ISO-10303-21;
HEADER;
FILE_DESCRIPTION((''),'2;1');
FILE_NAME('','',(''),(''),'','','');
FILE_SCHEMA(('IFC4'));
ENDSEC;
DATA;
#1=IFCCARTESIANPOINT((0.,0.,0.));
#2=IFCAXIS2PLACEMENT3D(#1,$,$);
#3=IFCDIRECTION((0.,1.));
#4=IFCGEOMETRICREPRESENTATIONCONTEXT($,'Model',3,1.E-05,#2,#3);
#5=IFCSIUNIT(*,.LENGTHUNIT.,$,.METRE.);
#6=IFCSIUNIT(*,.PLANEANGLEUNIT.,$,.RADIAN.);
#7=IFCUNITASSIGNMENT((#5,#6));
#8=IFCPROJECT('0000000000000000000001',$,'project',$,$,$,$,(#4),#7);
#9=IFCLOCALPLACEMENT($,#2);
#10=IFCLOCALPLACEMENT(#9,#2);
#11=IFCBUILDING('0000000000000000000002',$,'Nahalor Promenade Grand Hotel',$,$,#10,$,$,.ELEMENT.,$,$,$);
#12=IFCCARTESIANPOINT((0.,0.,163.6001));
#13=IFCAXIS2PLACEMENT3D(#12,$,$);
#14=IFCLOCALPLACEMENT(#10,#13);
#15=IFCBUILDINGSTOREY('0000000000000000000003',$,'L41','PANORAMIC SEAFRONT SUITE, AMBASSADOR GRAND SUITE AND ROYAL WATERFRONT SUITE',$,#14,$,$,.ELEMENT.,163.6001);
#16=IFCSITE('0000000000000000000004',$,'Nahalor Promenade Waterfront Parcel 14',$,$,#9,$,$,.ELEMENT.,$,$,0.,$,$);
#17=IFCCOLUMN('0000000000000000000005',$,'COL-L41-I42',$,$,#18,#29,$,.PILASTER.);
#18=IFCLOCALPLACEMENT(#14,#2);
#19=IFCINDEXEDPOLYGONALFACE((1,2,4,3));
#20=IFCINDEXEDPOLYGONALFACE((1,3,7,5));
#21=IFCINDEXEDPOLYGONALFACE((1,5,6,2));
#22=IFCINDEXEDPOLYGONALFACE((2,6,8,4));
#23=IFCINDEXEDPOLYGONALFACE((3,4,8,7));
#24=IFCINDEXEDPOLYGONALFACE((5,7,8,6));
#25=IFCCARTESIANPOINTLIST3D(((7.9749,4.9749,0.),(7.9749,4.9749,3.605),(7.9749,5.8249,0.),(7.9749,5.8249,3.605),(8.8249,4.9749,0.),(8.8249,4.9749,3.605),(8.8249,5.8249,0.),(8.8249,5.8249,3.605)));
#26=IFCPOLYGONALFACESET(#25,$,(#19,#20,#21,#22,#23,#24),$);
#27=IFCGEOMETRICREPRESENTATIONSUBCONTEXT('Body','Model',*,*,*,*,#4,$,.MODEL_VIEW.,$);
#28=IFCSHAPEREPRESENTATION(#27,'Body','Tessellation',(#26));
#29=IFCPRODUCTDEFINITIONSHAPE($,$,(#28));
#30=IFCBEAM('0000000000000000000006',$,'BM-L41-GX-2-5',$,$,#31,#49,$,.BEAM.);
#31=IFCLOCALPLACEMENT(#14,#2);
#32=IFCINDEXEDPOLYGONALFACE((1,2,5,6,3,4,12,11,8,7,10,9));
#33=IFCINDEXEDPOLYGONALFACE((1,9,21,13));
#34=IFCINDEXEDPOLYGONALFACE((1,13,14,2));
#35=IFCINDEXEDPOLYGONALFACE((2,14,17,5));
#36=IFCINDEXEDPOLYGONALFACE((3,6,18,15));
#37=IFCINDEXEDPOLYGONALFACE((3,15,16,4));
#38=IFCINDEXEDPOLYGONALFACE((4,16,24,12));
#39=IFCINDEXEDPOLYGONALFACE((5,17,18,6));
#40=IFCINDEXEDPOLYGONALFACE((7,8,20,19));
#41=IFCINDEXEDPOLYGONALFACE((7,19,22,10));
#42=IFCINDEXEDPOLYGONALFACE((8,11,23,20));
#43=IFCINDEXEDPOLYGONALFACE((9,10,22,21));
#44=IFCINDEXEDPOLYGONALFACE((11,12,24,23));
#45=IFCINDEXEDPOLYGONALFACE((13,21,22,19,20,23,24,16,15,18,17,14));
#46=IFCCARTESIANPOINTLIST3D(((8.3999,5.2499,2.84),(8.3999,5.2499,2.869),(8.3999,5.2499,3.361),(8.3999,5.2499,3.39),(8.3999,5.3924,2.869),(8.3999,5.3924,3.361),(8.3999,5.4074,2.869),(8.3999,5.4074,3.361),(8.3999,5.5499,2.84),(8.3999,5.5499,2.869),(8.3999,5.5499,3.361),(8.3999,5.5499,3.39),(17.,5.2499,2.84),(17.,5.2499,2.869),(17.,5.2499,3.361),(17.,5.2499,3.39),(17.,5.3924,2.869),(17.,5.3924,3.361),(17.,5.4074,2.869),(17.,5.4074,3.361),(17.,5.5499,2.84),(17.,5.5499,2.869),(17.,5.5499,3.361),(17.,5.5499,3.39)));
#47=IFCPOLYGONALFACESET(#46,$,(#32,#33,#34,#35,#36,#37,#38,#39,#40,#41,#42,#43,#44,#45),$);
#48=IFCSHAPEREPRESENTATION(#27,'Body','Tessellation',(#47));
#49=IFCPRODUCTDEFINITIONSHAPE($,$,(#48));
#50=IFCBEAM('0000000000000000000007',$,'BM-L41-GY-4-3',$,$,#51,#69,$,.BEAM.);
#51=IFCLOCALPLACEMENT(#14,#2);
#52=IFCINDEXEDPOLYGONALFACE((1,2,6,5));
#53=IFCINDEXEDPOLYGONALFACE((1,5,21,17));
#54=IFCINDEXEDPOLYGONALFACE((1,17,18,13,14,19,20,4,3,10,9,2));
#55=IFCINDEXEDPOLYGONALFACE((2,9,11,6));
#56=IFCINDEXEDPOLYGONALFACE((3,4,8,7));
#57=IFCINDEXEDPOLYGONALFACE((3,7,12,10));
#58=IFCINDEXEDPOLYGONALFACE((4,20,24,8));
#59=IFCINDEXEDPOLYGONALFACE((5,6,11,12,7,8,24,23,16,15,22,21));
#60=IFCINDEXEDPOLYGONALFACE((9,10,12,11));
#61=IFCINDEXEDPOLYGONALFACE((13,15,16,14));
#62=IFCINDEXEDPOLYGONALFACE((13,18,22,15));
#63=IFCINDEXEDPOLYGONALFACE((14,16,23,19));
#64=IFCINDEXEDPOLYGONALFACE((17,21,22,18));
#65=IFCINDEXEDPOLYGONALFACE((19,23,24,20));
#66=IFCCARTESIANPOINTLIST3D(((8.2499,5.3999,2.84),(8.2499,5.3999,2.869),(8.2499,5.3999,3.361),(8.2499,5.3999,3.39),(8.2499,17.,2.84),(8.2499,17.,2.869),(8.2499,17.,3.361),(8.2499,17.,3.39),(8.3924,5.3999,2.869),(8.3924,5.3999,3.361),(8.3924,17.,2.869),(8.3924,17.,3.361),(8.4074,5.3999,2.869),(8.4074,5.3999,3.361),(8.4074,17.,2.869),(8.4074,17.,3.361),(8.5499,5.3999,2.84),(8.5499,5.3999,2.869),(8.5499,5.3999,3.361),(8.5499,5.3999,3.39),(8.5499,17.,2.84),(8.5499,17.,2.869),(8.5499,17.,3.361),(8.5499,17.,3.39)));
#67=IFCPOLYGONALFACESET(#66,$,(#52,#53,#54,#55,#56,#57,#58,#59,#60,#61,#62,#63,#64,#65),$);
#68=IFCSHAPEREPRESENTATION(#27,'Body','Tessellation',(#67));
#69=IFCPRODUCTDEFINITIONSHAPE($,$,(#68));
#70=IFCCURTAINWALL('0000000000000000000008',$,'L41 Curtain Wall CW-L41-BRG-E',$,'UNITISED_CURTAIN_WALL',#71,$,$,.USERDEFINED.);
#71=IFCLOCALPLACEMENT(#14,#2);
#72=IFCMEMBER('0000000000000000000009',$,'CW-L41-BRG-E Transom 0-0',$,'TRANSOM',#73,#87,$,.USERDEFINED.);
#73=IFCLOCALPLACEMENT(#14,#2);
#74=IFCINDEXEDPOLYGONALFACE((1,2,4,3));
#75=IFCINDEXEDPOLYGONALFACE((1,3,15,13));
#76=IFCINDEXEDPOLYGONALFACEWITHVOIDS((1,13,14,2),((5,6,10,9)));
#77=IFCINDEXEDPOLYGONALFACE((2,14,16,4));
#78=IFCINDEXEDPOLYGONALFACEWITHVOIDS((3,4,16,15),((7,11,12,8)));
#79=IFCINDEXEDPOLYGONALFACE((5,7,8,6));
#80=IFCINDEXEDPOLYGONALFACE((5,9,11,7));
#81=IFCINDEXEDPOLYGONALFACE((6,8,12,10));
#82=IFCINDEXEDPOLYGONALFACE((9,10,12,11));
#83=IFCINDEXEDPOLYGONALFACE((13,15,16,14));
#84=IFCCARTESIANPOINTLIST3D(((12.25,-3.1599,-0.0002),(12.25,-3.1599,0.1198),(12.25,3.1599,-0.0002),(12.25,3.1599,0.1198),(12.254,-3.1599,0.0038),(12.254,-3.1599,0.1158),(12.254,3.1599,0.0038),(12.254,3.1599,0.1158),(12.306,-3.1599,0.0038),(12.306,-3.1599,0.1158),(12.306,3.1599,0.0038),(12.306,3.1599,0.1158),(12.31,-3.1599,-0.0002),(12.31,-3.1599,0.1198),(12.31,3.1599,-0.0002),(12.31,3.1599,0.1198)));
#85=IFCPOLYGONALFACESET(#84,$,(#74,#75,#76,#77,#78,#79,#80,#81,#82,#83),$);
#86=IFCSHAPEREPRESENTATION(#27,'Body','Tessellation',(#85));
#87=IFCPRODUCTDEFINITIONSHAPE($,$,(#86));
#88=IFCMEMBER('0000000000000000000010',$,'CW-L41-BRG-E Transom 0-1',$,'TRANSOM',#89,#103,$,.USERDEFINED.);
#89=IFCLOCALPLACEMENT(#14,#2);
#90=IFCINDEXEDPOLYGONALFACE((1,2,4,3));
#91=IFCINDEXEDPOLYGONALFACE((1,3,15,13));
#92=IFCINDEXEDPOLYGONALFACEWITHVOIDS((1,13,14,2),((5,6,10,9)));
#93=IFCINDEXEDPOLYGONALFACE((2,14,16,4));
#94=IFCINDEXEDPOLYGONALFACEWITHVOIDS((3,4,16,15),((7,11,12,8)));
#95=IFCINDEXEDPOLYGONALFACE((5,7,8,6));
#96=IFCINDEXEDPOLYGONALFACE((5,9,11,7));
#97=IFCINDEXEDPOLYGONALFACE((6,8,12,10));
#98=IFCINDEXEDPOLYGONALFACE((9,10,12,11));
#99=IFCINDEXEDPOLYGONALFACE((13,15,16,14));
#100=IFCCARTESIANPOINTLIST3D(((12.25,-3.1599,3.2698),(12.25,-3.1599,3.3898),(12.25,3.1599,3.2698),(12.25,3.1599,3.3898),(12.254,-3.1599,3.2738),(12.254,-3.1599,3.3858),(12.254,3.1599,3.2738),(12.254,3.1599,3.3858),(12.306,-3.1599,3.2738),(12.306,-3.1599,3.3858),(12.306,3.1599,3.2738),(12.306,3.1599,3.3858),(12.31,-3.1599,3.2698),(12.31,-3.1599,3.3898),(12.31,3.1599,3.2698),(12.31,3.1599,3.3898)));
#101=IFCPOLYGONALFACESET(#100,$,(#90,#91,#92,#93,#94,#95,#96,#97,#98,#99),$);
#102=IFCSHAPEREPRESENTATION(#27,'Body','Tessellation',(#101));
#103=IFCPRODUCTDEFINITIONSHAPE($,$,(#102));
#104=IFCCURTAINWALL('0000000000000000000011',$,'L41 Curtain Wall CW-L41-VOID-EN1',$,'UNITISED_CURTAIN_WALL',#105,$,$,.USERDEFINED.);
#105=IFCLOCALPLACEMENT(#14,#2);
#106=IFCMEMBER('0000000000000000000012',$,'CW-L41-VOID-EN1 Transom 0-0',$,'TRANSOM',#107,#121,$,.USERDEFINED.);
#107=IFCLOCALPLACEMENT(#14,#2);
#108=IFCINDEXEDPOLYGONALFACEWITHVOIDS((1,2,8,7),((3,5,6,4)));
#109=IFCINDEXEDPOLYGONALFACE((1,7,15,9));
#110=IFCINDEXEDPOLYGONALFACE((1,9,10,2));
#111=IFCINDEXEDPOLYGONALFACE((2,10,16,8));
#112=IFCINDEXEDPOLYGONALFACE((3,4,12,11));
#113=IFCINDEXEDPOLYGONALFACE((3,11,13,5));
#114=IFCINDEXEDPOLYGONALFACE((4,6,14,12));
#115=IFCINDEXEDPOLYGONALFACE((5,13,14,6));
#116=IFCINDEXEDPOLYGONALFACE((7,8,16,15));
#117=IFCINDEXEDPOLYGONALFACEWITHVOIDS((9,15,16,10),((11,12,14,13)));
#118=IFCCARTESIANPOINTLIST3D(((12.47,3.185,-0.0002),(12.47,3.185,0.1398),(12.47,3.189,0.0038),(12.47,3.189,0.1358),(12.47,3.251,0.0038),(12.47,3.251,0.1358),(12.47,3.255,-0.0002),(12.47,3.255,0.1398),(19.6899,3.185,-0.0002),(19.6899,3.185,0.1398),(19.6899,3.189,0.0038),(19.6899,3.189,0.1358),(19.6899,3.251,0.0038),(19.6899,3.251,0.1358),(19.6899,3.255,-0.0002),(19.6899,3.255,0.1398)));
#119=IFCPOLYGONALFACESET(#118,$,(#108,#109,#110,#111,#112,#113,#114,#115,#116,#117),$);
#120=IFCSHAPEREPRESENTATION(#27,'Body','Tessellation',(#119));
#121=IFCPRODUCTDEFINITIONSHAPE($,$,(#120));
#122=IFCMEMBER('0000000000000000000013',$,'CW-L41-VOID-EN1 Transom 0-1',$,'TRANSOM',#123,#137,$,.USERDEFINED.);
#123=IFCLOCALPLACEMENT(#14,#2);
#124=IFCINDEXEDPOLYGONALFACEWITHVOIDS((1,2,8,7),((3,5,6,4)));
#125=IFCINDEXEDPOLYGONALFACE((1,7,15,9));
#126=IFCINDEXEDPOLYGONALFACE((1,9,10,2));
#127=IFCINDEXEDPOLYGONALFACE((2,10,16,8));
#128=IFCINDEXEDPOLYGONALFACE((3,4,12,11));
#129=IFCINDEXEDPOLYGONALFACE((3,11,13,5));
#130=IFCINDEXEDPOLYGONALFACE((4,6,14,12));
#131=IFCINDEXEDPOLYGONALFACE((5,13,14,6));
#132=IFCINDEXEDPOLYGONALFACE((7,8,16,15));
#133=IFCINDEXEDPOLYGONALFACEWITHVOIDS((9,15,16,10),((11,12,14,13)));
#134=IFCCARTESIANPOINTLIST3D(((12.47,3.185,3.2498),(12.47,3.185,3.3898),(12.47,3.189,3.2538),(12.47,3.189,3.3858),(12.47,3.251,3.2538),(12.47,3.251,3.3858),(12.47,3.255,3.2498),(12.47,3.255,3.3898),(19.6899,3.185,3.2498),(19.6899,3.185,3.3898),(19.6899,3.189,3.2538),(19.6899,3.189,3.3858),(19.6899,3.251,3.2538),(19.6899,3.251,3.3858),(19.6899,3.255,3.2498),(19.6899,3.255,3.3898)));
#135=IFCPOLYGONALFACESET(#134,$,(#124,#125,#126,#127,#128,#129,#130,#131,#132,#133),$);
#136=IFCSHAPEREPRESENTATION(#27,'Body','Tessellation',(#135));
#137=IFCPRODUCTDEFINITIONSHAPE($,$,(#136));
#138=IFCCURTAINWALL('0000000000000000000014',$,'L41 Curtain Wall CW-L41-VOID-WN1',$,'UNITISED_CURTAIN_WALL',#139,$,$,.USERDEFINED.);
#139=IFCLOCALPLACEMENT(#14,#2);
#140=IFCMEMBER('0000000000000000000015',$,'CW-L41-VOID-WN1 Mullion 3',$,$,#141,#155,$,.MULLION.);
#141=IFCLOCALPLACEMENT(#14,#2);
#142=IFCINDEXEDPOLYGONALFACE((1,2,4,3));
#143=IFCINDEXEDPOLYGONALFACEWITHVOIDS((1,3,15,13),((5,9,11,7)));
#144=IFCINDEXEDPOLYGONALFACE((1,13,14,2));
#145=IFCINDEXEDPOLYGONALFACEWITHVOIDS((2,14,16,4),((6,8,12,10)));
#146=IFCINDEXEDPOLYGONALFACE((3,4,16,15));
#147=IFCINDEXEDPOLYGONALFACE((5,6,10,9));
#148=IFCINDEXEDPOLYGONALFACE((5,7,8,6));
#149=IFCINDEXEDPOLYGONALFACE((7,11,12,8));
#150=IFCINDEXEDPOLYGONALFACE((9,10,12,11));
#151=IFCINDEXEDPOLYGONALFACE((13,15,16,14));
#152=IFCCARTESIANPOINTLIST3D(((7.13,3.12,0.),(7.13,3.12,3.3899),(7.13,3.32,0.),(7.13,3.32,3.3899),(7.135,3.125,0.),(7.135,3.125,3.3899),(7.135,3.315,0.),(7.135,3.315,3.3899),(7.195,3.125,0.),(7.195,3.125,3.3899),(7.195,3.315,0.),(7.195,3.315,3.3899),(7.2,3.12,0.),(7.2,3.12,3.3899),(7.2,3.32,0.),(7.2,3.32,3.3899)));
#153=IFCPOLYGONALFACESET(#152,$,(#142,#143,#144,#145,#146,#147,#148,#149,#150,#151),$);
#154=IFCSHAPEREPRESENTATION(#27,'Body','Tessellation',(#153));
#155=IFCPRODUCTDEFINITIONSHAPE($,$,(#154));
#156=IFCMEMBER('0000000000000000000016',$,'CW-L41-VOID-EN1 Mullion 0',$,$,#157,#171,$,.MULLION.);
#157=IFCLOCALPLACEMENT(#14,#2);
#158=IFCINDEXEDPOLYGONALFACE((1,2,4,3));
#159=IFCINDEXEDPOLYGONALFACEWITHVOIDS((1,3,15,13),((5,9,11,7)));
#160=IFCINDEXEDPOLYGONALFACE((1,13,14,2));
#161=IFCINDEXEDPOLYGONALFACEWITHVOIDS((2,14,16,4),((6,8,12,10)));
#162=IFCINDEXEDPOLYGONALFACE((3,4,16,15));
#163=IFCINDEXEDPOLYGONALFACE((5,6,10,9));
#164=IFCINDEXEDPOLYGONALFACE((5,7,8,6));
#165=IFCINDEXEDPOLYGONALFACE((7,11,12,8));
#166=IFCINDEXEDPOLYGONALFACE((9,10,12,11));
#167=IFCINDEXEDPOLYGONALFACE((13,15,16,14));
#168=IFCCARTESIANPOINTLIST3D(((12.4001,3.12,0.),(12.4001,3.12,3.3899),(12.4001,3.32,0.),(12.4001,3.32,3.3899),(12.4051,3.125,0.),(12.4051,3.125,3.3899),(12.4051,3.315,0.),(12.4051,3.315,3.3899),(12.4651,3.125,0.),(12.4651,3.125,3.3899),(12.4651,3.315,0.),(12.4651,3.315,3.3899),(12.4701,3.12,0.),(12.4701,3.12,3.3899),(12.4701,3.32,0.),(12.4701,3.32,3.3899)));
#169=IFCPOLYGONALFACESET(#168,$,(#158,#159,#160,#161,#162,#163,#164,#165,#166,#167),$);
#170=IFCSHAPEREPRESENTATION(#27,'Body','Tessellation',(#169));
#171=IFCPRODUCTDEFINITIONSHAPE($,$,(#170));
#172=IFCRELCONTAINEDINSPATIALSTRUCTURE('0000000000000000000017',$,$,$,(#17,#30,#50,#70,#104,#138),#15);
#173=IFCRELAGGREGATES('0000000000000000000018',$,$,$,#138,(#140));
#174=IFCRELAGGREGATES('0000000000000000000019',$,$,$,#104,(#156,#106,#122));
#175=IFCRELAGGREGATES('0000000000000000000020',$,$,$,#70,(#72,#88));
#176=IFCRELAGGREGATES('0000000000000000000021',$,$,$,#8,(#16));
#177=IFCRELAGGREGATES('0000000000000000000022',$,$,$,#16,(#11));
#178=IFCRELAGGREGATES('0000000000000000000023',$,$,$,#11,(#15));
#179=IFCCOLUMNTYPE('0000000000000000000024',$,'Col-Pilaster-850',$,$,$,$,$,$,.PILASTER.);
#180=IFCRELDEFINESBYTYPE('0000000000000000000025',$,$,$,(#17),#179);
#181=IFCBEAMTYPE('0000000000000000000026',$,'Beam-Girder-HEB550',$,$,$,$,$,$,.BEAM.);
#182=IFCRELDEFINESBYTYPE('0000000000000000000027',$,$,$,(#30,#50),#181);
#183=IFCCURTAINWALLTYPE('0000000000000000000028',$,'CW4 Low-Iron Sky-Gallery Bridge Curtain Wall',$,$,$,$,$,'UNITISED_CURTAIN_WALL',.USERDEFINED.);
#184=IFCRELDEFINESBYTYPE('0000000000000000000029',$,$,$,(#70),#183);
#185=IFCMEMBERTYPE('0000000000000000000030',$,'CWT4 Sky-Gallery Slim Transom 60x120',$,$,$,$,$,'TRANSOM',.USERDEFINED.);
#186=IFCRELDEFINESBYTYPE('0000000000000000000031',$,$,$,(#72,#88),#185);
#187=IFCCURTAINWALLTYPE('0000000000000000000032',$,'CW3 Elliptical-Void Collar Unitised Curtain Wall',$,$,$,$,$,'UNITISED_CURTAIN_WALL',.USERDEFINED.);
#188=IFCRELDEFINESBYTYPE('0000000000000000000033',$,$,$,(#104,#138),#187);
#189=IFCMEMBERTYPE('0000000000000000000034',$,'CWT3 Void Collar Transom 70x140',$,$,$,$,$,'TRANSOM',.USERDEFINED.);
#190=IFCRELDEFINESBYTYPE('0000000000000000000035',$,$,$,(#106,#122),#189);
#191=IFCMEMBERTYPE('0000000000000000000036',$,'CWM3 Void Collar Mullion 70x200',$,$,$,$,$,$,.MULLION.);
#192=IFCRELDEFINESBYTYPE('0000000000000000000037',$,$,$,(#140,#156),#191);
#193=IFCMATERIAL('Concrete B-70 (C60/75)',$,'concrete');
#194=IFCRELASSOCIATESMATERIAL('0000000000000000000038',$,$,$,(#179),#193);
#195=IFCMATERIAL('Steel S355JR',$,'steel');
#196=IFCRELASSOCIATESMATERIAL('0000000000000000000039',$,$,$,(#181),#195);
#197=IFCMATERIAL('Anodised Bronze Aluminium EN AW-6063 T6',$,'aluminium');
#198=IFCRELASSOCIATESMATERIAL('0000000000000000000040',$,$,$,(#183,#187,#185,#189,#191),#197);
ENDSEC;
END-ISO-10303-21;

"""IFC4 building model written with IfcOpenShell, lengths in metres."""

from ifc_helpers import new_model, si_unit, direction, frame, origin, origin_2d, place, context, subcontext, project, spatial, rectangle, hollow_rectangle, i_section, extrude, source, transform, mapped, material, material_profile, profile_set, type_object, element, aggregate, save


model = new_model("IFC4")

# Units and contexts
model_context = context("Model", 3, precision=1e-05, world=origin(), true_north=direction((0.0, 1.0)))
body_context = subcontext(model_context, "Body", "Model", "MODEL_VIEW")
ifc_project = project(units=[si_unit("LENGTHUNIT", "METRE"), si_unit("PLANEANGLEUNIT", "RADIAN")], contexts=[model_context])

# Site, building, storey
site_placement = place(None, origin())
site = spatial("IfcSite", under=ifc_project, at=site_placement, Name="Nahalor Promenade Waterfront Parcel 14", CompositionType="ELEMENT", RefElevation=0.0)
building_placement = place(site_placement, origin())
building = spatial("IfcBuilding", under=site, at=building_placement, Name="Nahalor Promenade Grand Hotel", CompositionType="ELEMENT")
storey_placement = place(building_placement, frame((0.0, 0.0, 163.6001)))
storey = spatial("IfcBuildingStorey", under=building, at=storey_placement, Name="L41", Description="PANORAMIC SEAFRONT SUITE, AMBASSADOR GRAND SUITE AND ROYAL WATERFRONT SUITE", CompositionType="ELEMENT", Elevation=163.6001)

# Column
ifc_material_1 = material(Name="Concrete B-70 (C60/75)", Category="concrete")
ifc_material_profile_1 = material_profile(ifc_material_1, rectangle(XDim=0.85, YDim=0.85, at=origin_2d()), Name="RC 850x850")
ifc_profile_set_1 = profile_set([ifc_material_profile_1], Name="Concrete B-70 (C60/75)")
column_type = type_object("IfcColumnType", Name="Col-Pilaster-850", PredefinedType="PILASTER", material=ifc_profile_set_1)
shared_shape_1 = source(origin(), body_context, "Body", "SweptSolid", [
    extrude(rectangle(XDim=0.85, YDim=0.85, at=origin_2d()), origin(), (0.0, 0.0, 1.0), 3.605),
])
column_placement = place(storey_placement, frame((8.3999, 5.3999, 0.0), z_axis=(0.0, 0.0, 1.0), x_axis=(1.0, 0.0, 0.0)))
element("IfcColumn", 1, at=column_placement, inside=storey, type_object=column_type, Name="COL-L41-I42", PredefinedType="PILASTER", context=body_context, shape_type="MappedRepresentation", body=[
    mapped(shared_shape_1, transform((0.0, 0.0, 0.0), scale=1.0)),
])

# Beams
ifc_material_2 = material(Name="Steel S355JR", Category="steel")
ifc_material_profile_2 = material_profile(ifc_material_2, i_section(OverallWidth=0.3, OverallDepth=0.55, WebThickness=0.015, FlangeThickness=0.029, at=origin_2d()), Name="HEB 550")
ifc_profile_set_2 = profile_set([ifc_material_profile_2], Name="Steel S355JR")
beam_type = type_object("IfcBeamType", Name="Beam-Girder-HEB550", PredefinedType="BEAM", material=ifc_profile_set_2)
shared_shape_2 = source(origin(), body_context, "Body", "SweptSolid", [
    extrude(i_section(OverallWidth=0.3, OverallDepth=0.55, WebThickness=0.015, FlangeThickness=0.029, at=origin_2d()), origin(), (0.0, 0.0, 1.0), 8.6001),
])
beam_1_placement = place(storey_placement, frame((8.3999, 5.3999, 3.115), z_axis=(1.0, 0.0, 0.0), x_axis=(0.0, 1.0, 0.0)))
element("IfcBeam", 2, at=beam_1_placement, inside=storey, type_object=beam_type, Name="BM-L41-GX-2-5", PredefinedType="BEAM", context=body_context, shape_type="MappedRepresentation", body=[
    mapped(shared_shape_2, transform((0.0, 0.0, 0.0), scale=1.0)),
])
shared_shape_3 = source(origin(), body_context, "Body", "SweptSolid", [
    extrude(i_section(OverallWidth=0.3, OverallDepth=0.55, WebThickness=0.015, FlangeThickness=0.029, at=origin_2d()), origin(), (0.0, 0.0, 1.0), 11.6001),
])
beam_2_placement = place(storey_placement, frame((8.3999, 5.3999, 3.115), z_axis=(0.0, 1.0, 0.0), x_axis=(-1.0, 0.0, 0.0)))
element("IfcBeam", 3, at=beam_2_placement, inside=storey, type_object=beam_type, Name="BM-L41-GY-4-3", PredefinedType="BEAM", context=body_context, shape_type="MappedRepresentation", body=[
    mapped(shared_shape_3, transform((0.0, 0.0, 0.0), scale=1.0)),
])

# Curtain walls, members
ifc_material_3 = material(Name="Anodised Bronze Aluminium EN AW-6063 T6", Category="aluminium")
curtain_wall_type_1 = type_object("IfcCurtainWallType", Name="CW4 Low-Iron Sky-Gallery Bridge Curtain Wall", ElementType="UNITISED_CURTAIN_WALL", PredefinedType="USERDEFINED", material=ifc_material_3)
curtain_wall_1_placement = place(storey_placement, origin())
curtain_wall_1 = element("IfcCurtainWall", 4, at=curtain_wall_1_placement, inside=storey, type_object=curtain_wall_type_1, Name="L41 Curtain Wall CW-L41-BRG-E", ObjectType="UNITISED_CURTAIN_WALL", PredefinedType="USERDEFINED")
ifc_material_profile_3 = material_profile(ifc_material_3, hollow_rectangle(XDim=0.06, YDim=0.12, WallThickness=0.004, at=origin_2d()), Name="CWT 60x120x4")
ifc_profile_set_3 = profile_set([ifc_material_profile_3], Name="Anodised Bronze Aluminium EN AW-6063 T6")
member_type_1 = type_object("IfcMemberType", Name="CWT4 Sky-Gallery Slim Transom 60x120", ElementType="TRANSOM", PredefinedType="USERDEFINED", material=ifc_profile_set_3)
shared_shape_4 = source(origin(), body_context, "Body", "SweptSolid", [
    extrude(hollow_rectangle(XDim=0.06, YDim=0.12, WallThickness=0.004, at=origin_2d()), origin(), (0.0, 0.0, 1.0), 6.3198),
])
member_1_placement = place(storey_placement, frame((12.28, -3.1599, 0.0598), z_axis=(0.0, 1.0, 0.0), x_axis=(-1.0, 0.0, 0.0)))
member_1 = element("IfcMember", 5, at=member_1_placement, type_object=member_type_1, Name="CW-L41-BRG-E Transom 0-0", ObjectType="TRANSOM", PredefinedType="USERDEFINED", context=body_context, shape_type="MappedRepresentation", body=[
    mapped(shared_shape_4, transform((0.0, 0.0, 0.0), scale=1.0)),
])
member_2_placement = place(storey_placement, frame((12.28, -3.1599, 3.3298), z_axis=(0.0, 1.0, 0.0), x_axis=(-1.0, 0.0, 0.0)))
member_2 = element("IfcMember", 6, at=member_2_placement, type_object=member_type_1, Name="CW-L41-BRG-E Transom 0-1", ObjectType="TRANSOM", PredefinedType="USERDEFINED", context=body_context, shape_type="MappedRepresentation", body=[
    mapped(shared_shape_4, transform((0.0, 0.0, 0.0), scale=1.0)),
])
curtain_wall_type_2 = type_object("IfcCurtainWallType", Name="CW3 Elliptical-Void Collar Unitised Curtain Wall", ElementType="UNITISED_CURTAIN_WALL", PredefinedType="USERDEFINED", material=ifc_material_3)
curtain_wall_2_placement = place(storey_placement, origin())
curtain_wall_2 = element("IfcCurtainWall", 7, at=curtain_wall_2_placement, inside=storey, type_object=curtain_wall_type_2, Name="L41 Curtain Wall CW-L41-VOID-EN1", ObjectType="UNITISED_CURTAIN_WALL", PredefinedType="USERDEFINED")
ifc_material_profile_4 = material_profile(ifc_material_3, hollow_rectangle(XDim=0.07, YDim=0.14, WallThickness=0.004, at=origin_2d()), Name="CWT 70x140x4")
ifc_profile_set_4 = profile_set([ifc_material_profile_4], Name="Anodised Bronze Aluminium EN AW-6063 T6")
member_type_2 = type_object("IfcMemberType", Name="CWT3 Void Collar Transom 70x140", ElementType="TRANSOM", PredefinedType="USERDEFINED", material=ifc_profile_set_4)
shared_shape_5 = source(origin(), body_context, "Body", "SweptSolid", [
    extrude(hollow_rectangle(XDim=0.07, YDim=0.14, WallThickness=0.004, at=origin_2d()), origin(), (0.0, 0.0, 1.0), 7.22),
])
member_3_placement = place(storey_placement, frame((12.47, 3.22, 0.0698), z_axis=(1.0, 0.0, 0.0), x_axis=(0.0, 1.0, 0.0)))
member_3 = element("IfcMember", 8, at=member_3_placement, type_object=member_type_2, Name="CW-L41-VOID-EN1 Transom 0-0", ObjectType="TRANSOM", PredefinedType="USERDEFINED", context=body_context, shape_type="MappedRepresentation", body=[
    mapped(shared_shape_5, transform((0.0, 0.0, 0.0), scale=1.0)),
])
member_4_placement = place(storey_placement, frame((12.47, 3.22, 3.3198), z_axis=(1.0, 0.0, 0.0), x_axis=(0.0, 1.0, 0.0)))
member_4 = element("IfcMember", 9, at=member_4_placement, type_object=member_type_2, Name="CW-L41-VOID-EN1 Transom 0-1", ObjectType="TRANSOM", PredefinedType="USERDEFINED", context=body_context, shape_type="MappedRepresentation", body=[
    mapped(shared_shape_5, transform((0.0, 0.0, 0.0), scale=1.0)),
])

# Curtain wall, member
curtain_wall_3_placement = place(storey_placement, origin())
curtain_wall_3 = element("IfcCurtainWall", 10, at=curtain_wall_3_placement, inside=storey, type_object=curtain_wall_type_2, Name="L41 Curtain Wall CW-L41-VOID-WN1", ObjectType="UNITISED_CURTAIN_WALL", PredefinedType="USERDEFINED")
ifc_material_profile_5 = material_profile(ifc_material_3, hollow_rectangle(XDim=0.07, YDim=0.2, WallThickness=0.005, at=origin_2d()), Name="CWM 70x200x5")
ifc_profile_set_5 = profile_set([ifc_material_profile_5], Name="Anodised Bronze Aluminium EN AW-6063 T6")
member_type_3 = type_object("IfcMemberType", Name="CWM3 Void Collar Mullion 70x200", PredefinedType="MULLION", material=ifc_profile_set_5)
shared_shape_6 = source(origin(), body_context, "Body", "SweptSolid", [
    extrude(hollow_rectangle(XDim=0.07, YDim=0.2, WallThickness=0.005, at=origin_2d()), origin(), (0.0, 0.0, 1.0), 3.3899),
])
member_5_placement = place(storey_placement, frame((7.165, 3.22, 0.0), z_axis=(0.0, 0.0, 1.0), x_axis=(1.0, 0.0, 0.0)))
member_5 = element("IfcMember", 11, at=member_5_placement, type_object=member_type_3, Name="CW-L41-VOID-WN1 Mullion 3", PredefinedType="MULLION", context=body_context, shape_type="MappedRepresentation", body=[
    mapped(shared_shape_6, transform((0.0, 0.0, 0.0), scale=1.0)),
])
aggregate(curtain_wall_3, [member_5])

# Member
member_6_placement = place(storey_placement, frame((12.4351, 3.22, 0.0), z_axis=(0.0, 0.0, 1.0), x_axis=(1.0, 0.0, 0.0)))
member_6 = element("IfcMember", 12, at=member_6_placement, type_object=member_type_3, Name="CW-L41-VOID-EN1 Mullion 0", PredefinedType="MULLION", context=body_context, shape_type="MappedRepresentation", body=[
    mapped(shared_shape_6, transform((0.0, 0.0, 0.0), scale=1.0)),
])
aggregate(curtain_wall_2, [member_6, member_3, member_4])

aggregate(curtain_wall_1, [member_1, member_2])

save(model, "model.ifc")
